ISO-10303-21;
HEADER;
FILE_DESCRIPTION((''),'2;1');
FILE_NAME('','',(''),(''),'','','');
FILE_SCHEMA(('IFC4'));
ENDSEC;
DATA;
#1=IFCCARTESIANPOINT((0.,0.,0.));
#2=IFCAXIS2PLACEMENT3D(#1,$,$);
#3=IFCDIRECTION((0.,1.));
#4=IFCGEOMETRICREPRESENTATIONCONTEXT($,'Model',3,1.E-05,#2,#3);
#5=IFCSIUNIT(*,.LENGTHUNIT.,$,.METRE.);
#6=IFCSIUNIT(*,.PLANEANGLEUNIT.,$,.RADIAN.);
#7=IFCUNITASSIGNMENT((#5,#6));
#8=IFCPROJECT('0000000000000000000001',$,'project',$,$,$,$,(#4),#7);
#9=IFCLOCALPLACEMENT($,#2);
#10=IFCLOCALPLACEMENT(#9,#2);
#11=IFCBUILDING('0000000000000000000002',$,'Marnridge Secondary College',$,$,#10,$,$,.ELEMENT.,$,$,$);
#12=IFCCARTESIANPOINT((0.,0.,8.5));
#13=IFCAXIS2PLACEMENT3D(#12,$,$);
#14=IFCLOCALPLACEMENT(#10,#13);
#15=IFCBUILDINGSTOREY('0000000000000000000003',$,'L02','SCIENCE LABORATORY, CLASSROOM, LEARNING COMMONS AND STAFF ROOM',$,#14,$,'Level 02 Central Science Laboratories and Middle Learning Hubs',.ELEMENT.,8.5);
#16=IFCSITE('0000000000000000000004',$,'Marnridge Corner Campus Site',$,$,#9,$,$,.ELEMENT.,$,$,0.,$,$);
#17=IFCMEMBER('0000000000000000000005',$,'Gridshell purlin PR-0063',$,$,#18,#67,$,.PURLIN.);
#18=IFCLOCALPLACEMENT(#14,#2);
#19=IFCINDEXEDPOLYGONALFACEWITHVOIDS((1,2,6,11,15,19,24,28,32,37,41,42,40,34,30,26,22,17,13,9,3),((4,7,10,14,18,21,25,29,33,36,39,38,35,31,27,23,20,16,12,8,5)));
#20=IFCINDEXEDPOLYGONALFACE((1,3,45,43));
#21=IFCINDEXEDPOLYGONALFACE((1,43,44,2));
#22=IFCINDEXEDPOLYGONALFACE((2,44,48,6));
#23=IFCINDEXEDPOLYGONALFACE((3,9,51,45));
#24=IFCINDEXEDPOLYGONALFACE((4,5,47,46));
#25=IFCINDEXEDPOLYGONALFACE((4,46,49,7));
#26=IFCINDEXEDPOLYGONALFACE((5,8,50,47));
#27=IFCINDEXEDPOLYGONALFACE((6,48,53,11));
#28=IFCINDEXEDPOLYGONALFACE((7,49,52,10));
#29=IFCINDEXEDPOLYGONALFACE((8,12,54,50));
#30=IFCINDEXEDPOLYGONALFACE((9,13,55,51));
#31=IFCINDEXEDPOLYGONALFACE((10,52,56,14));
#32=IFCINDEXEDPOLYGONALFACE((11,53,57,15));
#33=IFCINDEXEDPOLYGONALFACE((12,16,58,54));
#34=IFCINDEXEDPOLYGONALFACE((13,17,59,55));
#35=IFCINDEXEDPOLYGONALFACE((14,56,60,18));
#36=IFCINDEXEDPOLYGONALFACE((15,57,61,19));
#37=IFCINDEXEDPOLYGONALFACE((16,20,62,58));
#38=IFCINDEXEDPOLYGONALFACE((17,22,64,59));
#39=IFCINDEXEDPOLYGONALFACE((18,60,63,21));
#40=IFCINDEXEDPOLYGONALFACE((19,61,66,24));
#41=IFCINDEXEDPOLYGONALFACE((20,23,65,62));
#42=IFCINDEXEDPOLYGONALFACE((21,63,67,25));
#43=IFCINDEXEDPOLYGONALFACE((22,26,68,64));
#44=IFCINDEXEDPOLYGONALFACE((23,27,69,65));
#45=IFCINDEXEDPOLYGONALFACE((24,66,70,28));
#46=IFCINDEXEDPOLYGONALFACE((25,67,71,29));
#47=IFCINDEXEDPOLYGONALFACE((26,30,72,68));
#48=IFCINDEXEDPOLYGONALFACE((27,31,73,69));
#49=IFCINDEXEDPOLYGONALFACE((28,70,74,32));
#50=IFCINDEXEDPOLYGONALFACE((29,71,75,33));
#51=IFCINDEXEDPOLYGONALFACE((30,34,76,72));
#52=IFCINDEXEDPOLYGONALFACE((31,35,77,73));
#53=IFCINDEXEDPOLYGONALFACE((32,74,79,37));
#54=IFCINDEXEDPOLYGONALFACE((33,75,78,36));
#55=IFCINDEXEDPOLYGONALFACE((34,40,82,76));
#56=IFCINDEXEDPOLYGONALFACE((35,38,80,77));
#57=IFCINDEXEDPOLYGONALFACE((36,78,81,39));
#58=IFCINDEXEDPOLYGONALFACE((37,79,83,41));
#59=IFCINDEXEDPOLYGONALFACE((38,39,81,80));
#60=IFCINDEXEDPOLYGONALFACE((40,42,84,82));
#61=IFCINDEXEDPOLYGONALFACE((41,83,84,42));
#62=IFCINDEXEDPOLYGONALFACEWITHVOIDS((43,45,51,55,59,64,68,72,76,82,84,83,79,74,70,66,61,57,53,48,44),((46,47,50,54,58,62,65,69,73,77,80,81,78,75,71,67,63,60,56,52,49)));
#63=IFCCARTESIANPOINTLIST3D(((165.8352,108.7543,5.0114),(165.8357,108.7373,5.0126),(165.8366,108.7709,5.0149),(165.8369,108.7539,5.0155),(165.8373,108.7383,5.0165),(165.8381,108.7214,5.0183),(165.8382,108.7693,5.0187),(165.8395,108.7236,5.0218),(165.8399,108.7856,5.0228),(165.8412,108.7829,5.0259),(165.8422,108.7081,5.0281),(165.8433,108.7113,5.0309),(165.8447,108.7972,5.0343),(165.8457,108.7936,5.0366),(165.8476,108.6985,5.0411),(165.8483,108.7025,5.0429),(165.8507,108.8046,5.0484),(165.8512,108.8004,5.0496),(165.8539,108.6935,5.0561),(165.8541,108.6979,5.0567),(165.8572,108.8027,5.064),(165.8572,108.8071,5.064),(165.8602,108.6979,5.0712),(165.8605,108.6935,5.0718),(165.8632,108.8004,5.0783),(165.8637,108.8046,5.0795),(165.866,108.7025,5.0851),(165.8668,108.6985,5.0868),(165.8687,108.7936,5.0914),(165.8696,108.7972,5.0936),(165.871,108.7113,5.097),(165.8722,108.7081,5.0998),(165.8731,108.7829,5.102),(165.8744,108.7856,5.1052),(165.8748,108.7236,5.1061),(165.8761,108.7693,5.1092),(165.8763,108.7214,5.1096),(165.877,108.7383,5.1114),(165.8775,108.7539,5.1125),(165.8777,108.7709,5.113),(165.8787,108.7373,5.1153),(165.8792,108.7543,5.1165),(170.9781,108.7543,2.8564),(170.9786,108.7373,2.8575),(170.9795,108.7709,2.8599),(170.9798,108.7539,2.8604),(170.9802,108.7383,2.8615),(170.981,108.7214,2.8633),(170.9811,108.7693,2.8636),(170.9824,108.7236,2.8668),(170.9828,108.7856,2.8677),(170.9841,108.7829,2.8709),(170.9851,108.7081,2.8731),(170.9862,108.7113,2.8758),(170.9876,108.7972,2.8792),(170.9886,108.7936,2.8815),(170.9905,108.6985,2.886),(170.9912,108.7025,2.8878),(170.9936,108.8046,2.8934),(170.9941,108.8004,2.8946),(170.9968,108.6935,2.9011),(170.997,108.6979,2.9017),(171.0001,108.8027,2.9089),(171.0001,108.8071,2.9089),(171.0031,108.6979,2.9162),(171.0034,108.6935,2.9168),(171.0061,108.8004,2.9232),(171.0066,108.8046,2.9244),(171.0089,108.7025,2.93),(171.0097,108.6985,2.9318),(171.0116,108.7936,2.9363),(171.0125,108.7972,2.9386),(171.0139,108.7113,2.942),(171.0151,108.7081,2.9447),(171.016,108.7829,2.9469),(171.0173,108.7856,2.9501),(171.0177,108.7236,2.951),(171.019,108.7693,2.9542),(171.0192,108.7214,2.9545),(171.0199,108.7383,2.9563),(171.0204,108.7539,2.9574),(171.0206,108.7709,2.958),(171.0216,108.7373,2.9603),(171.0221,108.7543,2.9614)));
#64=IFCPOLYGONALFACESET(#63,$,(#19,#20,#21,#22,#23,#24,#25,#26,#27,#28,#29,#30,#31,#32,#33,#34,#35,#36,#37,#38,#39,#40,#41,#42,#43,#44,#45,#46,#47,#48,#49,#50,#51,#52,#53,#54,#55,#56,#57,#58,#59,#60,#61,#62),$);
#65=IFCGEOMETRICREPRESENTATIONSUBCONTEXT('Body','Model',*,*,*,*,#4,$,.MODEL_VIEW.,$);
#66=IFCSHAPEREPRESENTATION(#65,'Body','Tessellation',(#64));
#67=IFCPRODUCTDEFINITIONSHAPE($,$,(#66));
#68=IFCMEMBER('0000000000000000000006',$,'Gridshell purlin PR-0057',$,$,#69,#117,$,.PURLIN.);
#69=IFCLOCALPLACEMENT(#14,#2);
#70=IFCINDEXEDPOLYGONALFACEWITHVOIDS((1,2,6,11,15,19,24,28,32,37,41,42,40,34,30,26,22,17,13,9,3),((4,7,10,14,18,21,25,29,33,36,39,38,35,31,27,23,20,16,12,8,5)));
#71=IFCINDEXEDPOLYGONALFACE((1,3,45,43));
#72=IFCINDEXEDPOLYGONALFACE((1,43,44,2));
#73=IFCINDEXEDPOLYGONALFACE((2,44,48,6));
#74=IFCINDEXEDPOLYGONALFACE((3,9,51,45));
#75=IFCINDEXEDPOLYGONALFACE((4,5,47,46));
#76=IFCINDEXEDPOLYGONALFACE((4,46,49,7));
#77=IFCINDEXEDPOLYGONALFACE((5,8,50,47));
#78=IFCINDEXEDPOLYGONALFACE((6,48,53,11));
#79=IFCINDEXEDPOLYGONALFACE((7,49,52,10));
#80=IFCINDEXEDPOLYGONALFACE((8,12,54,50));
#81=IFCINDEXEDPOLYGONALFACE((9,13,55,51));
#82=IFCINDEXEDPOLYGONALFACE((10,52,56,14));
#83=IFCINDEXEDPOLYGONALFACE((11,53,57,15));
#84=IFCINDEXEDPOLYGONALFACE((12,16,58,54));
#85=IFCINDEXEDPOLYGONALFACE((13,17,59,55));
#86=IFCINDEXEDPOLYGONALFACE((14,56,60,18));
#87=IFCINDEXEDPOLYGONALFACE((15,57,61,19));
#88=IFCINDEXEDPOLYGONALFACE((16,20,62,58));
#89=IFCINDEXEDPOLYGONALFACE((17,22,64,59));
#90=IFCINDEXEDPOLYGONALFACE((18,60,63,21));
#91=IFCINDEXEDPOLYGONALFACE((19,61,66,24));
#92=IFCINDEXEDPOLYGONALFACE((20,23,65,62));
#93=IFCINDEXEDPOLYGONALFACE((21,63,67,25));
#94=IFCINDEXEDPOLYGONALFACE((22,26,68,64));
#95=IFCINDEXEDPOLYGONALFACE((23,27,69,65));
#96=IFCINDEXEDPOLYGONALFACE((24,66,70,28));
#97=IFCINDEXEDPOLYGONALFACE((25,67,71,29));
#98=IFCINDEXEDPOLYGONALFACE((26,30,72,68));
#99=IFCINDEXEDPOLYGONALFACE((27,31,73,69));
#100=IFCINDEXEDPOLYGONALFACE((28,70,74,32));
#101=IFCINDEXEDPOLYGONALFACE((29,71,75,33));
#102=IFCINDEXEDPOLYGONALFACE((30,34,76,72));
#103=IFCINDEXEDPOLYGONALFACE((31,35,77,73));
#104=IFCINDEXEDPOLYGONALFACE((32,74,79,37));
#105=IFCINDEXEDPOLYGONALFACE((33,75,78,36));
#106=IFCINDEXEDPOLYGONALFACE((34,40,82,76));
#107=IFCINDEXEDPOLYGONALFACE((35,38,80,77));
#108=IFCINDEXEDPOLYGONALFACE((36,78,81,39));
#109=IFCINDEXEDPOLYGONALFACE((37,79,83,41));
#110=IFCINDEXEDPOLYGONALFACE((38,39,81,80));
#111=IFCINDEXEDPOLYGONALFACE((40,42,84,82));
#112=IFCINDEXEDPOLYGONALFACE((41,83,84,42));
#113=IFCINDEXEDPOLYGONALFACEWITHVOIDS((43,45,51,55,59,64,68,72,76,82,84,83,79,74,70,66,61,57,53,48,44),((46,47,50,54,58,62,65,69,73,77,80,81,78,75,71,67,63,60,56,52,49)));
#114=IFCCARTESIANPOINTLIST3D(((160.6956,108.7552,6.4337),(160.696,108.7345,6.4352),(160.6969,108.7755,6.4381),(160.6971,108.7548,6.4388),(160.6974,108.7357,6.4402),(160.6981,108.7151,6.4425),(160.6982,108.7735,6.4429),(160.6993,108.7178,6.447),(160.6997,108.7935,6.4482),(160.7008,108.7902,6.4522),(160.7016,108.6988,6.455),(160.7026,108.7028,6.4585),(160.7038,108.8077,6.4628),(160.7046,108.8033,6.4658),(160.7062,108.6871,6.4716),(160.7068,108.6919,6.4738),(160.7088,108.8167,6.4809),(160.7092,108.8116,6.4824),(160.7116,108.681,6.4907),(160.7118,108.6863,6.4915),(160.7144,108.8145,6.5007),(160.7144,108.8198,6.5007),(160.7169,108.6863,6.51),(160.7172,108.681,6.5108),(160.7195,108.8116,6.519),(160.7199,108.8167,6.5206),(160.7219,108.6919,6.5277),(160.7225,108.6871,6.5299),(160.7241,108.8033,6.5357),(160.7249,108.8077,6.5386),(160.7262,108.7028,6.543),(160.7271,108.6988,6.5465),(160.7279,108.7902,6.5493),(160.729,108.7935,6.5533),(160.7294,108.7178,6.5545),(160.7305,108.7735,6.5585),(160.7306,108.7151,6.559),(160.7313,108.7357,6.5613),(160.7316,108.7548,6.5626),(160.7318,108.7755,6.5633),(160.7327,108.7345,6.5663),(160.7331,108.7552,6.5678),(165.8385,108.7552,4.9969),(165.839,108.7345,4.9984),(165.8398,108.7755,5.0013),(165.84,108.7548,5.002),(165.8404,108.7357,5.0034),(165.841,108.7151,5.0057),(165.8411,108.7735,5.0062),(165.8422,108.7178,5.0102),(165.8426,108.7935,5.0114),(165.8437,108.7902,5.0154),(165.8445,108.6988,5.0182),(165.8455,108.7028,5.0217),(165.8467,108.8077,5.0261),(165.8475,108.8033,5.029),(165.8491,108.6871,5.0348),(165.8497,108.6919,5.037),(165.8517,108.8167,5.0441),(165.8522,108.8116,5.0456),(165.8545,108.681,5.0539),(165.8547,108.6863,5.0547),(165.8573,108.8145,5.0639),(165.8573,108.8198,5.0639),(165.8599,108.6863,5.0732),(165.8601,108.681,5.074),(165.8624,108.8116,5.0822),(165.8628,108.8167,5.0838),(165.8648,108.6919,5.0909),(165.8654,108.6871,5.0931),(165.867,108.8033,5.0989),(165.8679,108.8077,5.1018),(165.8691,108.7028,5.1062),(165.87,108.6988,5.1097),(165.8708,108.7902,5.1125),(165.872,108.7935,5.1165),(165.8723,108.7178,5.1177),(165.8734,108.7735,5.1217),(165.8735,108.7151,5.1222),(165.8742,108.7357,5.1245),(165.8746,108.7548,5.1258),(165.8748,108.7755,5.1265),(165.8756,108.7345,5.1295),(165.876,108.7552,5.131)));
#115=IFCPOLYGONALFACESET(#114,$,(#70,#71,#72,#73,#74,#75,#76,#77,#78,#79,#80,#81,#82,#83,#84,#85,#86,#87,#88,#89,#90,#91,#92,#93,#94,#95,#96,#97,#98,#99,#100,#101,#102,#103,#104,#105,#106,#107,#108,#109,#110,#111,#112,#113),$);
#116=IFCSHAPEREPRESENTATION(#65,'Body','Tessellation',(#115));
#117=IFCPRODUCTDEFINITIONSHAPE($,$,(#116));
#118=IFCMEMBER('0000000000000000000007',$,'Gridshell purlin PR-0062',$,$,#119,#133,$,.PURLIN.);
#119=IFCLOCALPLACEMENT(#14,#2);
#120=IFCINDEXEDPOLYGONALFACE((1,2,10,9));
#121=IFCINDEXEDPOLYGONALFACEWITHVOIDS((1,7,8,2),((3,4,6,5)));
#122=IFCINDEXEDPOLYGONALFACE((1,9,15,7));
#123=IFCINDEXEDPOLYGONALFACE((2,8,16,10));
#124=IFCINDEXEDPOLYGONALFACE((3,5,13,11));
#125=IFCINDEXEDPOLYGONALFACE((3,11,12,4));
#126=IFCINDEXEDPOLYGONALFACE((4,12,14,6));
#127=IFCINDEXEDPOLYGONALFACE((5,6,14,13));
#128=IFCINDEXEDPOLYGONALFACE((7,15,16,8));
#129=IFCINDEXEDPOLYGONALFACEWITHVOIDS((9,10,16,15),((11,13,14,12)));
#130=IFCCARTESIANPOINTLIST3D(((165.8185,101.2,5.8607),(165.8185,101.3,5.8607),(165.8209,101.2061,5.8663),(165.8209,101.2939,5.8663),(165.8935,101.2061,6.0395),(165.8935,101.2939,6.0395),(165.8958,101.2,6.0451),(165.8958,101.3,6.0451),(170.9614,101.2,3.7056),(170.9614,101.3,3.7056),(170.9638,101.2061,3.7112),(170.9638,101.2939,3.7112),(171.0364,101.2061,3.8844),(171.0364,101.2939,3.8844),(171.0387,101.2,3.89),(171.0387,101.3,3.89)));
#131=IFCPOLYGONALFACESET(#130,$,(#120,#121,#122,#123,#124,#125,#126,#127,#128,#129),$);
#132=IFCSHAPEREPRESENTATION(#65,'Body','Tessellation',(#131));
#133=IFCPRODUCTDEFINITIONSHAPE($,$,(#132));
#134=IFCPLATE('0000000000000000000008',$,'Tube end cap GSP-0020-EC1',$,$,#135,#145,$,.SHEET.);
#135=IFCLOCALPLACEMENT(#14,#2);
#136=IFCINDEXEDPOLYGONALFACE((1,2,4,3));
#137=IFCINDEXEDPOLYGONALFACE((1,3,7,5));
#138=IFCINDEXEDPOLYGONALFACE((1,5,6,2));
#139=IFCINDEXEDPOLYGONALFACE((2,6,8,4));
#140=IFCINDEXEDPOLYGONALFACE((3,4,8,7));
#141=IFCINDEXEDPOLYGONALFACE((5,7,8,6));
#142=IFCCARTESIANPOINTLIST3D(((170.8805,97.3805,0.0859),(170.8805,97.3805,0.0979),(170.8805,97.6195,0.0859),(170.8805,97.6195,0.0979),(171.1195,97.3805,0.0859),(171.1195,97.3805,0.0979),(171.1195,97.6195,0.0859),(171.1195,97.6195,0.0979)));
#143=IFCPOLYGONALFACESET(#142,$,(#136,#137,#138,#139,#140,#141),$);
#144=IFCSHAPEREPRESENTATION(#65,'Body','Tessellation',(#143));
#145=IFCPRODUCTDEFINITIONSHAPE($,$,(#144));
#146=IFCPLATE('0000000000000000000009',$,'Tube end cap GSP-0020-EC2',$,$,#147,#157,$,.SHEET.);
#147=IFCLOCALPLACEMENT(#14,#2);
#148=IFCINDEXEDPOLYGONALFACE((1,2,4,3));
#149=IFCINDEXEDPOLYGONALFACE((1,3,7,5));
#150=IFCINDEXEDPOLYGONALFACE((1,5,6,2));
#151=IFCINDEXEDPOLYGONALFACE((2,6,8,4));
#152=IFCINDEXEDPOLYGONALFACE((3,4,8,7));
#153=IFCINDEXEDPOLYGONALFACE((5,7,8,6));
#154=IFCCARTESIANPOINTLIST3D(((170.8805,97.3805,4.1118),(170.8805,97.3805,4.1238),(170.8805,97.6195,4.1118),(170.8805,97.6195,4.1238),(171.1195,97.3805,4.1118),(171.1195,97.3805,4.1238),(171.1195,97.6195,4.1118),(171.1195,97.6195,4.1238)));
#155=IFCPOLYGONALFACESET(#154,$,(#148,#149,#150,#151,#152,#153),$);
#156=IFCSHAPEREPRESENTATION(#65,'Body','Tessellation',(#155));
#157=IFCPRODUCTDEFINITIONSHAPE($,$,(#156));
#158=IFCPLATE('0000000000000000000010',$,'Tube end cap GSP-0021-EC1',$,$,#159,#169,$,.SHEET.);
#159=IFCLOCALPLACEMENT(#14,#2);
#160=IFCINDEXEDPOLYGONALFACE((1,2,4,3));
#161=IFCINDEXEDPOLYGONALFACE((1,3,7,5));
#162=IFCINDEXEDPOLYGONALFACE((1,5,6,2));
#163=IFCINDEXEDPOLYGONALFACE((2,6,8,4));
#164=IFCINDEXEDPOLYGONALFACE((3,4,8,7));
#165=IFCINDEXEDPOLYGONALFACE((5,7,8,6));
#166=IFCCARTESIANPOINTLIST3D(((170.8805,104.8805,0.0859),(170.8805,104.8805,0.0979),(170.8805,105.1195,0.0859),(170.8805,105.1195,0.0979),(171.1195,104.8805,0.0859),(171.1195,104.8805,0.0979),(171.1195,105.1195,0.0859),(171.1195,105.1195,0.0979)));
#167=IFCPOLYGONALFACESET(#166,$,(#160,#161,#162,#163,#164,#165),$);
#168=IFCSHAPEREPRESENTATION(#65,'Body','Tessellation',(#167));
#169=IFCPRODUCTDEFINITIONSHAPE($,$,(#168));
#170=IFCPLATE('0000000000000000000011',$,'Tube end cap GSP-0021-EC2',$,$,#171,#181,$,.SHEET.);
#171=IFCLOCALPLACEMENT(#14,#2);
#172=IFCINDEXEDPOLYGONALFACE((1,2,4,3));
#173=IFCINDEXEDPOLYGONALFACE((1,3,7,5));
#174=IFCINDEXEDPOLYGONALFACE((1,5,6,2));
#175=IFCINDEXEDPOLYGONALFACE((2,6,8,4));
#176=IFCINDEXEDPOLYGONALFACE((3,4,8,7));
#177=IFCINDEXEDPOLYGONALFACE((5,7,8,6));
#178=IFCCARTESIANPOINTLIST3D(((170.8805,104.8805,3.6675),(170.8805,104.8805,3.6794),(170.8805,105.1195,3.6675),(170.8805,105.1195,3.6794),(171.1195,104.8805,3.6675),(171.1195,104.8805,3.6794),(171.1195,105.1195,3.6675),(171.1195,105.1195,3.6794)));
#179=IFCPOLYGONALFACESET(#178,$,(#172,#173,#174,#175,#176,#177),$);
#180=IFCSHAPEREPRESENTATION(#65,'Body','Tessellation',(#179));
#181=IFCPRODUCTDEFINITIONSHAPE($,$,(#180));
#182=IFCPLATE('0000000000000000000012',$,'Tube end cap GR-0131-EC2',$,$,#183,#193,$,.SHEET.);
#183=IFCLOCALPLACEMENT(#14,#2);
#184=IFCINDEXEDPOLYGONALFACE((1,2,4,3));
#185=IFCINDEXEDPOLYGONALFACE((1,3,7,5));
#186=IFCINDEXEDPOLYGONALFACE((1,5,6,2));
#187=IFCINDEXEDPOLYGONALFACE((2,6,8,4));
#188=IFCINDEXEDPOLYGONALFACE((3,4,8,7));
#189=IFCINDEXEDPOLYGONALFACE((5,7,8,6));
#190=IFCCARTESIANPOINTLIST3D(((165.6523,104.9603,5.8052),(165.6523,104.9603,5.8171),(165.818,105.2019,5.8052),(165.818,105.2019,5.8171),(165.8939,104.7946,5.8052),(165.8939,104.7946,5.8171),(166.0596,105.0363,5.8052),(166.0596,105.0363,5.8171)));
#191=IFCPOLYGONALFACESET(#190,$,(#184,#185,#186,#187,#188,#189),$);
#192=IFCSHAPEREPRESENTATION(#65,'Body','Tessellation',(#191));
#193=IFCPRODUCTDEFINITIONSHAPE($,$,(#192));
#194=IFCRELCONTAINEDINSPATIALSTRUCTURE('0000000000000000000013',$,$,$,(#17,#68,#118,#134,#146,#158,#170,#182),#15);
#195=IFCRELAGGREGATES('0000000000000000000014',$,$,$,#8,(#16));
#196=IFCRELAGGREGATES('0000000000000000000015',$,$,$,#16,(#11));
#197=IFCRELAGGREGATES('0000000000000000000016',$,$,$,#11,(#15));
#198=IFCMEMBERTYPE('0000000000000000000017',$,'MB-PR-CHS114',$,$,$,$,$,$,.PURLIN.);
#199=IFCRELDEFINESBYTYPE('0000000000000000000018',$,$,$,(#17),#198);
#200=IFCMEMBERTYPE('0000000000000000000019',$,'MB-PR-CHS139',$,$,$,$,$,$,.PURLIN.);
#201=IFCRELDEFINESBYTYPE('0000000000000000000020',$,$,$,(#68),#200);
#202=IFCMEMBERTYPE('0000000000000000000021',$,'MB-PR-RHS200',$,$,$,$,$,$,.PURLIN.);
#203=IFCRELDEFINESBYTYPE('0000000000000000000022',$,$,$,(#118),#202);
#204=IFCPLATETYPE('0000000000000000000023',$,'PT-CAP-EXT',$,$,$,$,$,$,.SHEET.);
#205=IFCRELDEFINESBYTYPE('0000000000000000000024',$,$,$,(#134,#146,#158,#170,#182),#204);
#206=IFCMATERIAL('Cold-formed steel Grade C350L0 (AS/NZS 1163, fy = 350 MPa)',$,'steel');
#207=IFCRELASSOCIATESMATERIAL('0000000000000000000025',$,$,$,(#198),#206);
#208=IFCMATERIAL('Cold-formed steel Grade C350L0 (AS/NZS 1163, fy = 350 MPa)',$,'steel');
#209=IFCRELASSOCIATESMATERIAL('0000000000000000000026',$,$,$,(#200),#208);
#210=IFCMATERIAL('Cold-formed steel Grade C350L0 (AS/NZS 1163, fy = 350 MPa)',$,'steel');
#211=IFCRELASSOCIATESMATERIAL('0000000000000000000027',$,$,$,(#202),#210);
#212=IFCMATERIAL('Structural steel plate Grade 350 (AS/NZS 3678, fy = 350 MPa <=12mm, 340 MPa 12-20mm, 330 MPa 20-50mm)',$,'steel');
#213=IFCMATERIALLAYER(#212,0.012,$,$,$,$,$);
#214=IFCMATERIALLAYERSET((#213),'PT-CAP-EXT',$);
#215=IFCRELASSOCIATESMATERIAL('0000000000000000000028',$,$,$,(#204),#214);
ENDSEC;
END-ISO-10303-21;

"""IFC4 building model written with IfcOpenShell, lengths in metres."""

from ifc_helpers import new_model, si_unit, direction, frame, origin, origin_2d, place, context, subcontext, project, spatial, rectangle, hollow_rectangle, hollow_circle, extrude, material, layer, layer_set, material_profile, profile_set, type_object, element, save


model = new_model("IFC4")

# Units and contexts
model_context = context("Model", 3, precision=1e-05, world=origin(), true_north=direction((0.0, 1.0)))
body_context = subcontext(model_context, "Body", "Model", "MODEL_VIEW")
ifc_project = project(units=[si_unit("LENGTHUNIT", "METRE"), si_unit("PLANEANGLEUNIT", "RADIAN")], contexts=[model_context])

# Site, building, storey
site_placement = place(None, origin())
site = spatial("IfcSite", under=ifc_project, at=site_placement, Name="Marnridge Corner Campus Site", CompositionType="ELEMENT", RefElevation=0.0)
building_placement = place(site_placement, origin())
building = spatial("IfcBuilding", under=site, at=building_placement, Name="Marnridge Secondary College", CompositionType="ELEMENT")
storey_placement = place(building_placement, frame((0.0, 0.0, 8.5)))
storey = spatial("IfcBuildingStorey", under=building, at=storey_placement, Name="L02", Description="SCIENCE LABORATORY, CLASSROOM, LEARNING COMMONS AND STAFF ROOM", LongName="Level 02 Central Science Laboratories and Middle Learning Hubs", CompositionType="ELEMENT", Elevation=8.5)

# Members
ifc_material_1 = material(Name="Cold-formed steel Grade C350L0 (AS/NZS 1163, fy = 350 MPa)", Category="steel")
ifc_material_profile_1 = material_profile(ifc_material_1, hollow_circle(Radius=0.0571, WallThickness=0.0044, at=origin_2d()), Name="114.3x4.5CHS")
ifc_profile_set_1 = profile_set([ifc_material_profile_1], Name="Cold-formed steel Grade C350L0 (AS/NZS 1163, fy = 350 MPa)")
member_type_1 = type_object("IfcMemberType", Name="MB-PR-CHS114", PredefinedType="PURLIN", material=ifc_profile_set_1)
member_1_placement = place(storey_placement, frame((165.8572, 108.75, 5.064), z_axis=(0.922299, 0.0, -0.386477), x_axis=(0.0, 1.0, 0.0)))
element("IfcMember", 1, at=member_1_placement, inside=storey, type_object=member_type_1, Name="Gridshell purlin PR-0063", PredefinedType="PURLIN", context=body_context, shape_type="SweptSolid", body=[
    extrude(hollow_circle(Radius=0.0571, WallThickness=0.0044, at=origin_2d()), origin(), (0.0, 0.0, 1.0), 5.5762),
])
ifc_material_2 = material(Name="Cold-formed steel Grade C350L0 (AS/NZS 1163, fy = 350 MPa)", Category="steel")
ifc_material_profile_2 = material_profile(ifc_material_2, hollow_circle(Radius=0.0698, WallThickness=0.0054, at=origin_2d()), Name="139.7x5.4CHS")
ifc_profile_set_2 = profile_set([ifc_material_profile_2], Name="Cold-formed steel Grade C350L0 (AS/NZS 1163, fy = 350 MPa)")
member_type_2 = type_object("IfcMemberType", Name="MB-PR-CHS139", PredefinedType="PURLIN", material=ifc_profile_set_2)
member_2_placement = place(storey_placement, frame((160.7144, 108.75, 6.5007), z_axis=(0.963121, 0.0, -0.26907), x_axis=(0.0, 1.0, 0.0)))
element("IfcMember", 2, at=member_2_placement, inside=storey, type_object=member_type_2, Name="Gridshell purlin PR-0057", PredefinedType="PURLIN", context=body_context, shape_type="SweptSolid", body=[
    extrude(hollow_circle(Radius=0.0698, WallThickness=0.0054, at=origin_2d()), origin(), (0.0, 0.0, 1.0), 5.3398),
])
ifc_material_3 = material(Name="Cold-formed steel Grade C350L0 (AS/NZS 1163, fy = 350 MPa)", Category="steel")
ifc_material_profile_3 = material_profile(ifc_material_3, hollow_rectangle(XDim=0.1001, YDim=0.2, WallThickness=0.0061, at=origin_2d()), Name="200x100x6.0RHS")
ifc_profile_set_3 = profile_set([ifc_material_profile_3], Name="Cold-formed steel Grade C350L0 (AS/NZS 1163, fy = 350 MPa)")
member_type_3 = type_object("IfcMemberType", Name="MB-PR-RHS200", PredefinedType="PURLIN", material=ifc_profile_set_3)
member_3_placement = place(storey_placement, frame((165.8572, 101.25, 5.9529), z_axis=(0.922299, 0.0, -0.386477), x_axis=(0.0, 1.0, 0.0)))
element("IfcMember", 3, at=member_3_placement, inside=storey, type_object=member_type_3, Name="Gridshell purlin PR-0062", PredefinedType="PURLIN", context=body_context, shape_type="SweptSolid", body=[
    extrude(hollow_rectangle(XDim=0.1001, YDim=0.2, WallThickness=0.0061, at=origin_2d()), origin(), (0.0, 0.0, 1.0), 5.5762),
])

# Plates
ifc_material_4 = material(Name="Structural steel plate Grade 350 (AS/NZS 3678, fy = 350 MPa <=12mm, 340 MPa 12-20mm, 330 MPa 20-50mm)", Category="steel")
ifc_layer_1 = layer(ifc_material_4, 0.012)
ifc_layer_set_1 = layer_set([ifc_layer_1], Name="PT-CAP-EXT")
plate_type_1 = type_object("IfcPlateType", Name="PT-CAP-EXT", PredefinedType="SHEET", material=ifc_layer_set_1)
for number, where, z_axis, x_axis, name in (
    (4, (171.0, 97.5, 0.0859), (0.0, 0.0, 1.0), (1.0, 0.0, 0.0), "Tube end cap GSP-0020-EC1"),
    (5, (171.0, 97.5, 4.1118), (0.0, 0.0, 1.0), (1.0, 0.0, 0.0), "Tube end cap GSP-0020-EC2"),
    (6, (171.0, 105.0, 0.0859), (0.0, 0.0, 1.0), (1.0, 0.0, 0.0), "Tube end cap GSP-0021-EC1"),
    (7, (171.0, 105.0, 3.6675), (0.0, 0.0, 1.0), (1.0, 0.0, 0.0), "Tube end cap GSP-0021-EC2"),
):
    element("IfcPlate", number, at=place(storey_placement, frame(where, z_axis=z_axis, x_axis=x_axis)), inside=storey, type_object=plate_type_1, Name=name, PredefinedType="SHEET", context=body_context, shape_type="SweptSolid", body=[
        extrude(rectangle(XDim=0.239, YDim=0.239, at=origin_2d()), origin(), (0.0, 0.0, 1.0), 0.012),
    ])
plate_1_placement = place(storey_placement, frame((165.856, 104.9983, 5.8052), z_axis=(0.0, 0.0, 1.0), x_axis=(0.565543, 0.824719, 0.0)))
element("IfcPlate", 8, at=plate_1_placement, inside=storey, type_object=plate_type_1, Name="Tube end cap GR-0131-EC2", PredefinedType="SHEET", context=body_context, shape_type="SweptSolid", body=[
    extrude(rectangle(XDim=0.293, YDim=0.293, at=origin_2d()), origin(), (0.0, 0.0, 1.0), 0.012),
])

save(model, "model.ifc")
